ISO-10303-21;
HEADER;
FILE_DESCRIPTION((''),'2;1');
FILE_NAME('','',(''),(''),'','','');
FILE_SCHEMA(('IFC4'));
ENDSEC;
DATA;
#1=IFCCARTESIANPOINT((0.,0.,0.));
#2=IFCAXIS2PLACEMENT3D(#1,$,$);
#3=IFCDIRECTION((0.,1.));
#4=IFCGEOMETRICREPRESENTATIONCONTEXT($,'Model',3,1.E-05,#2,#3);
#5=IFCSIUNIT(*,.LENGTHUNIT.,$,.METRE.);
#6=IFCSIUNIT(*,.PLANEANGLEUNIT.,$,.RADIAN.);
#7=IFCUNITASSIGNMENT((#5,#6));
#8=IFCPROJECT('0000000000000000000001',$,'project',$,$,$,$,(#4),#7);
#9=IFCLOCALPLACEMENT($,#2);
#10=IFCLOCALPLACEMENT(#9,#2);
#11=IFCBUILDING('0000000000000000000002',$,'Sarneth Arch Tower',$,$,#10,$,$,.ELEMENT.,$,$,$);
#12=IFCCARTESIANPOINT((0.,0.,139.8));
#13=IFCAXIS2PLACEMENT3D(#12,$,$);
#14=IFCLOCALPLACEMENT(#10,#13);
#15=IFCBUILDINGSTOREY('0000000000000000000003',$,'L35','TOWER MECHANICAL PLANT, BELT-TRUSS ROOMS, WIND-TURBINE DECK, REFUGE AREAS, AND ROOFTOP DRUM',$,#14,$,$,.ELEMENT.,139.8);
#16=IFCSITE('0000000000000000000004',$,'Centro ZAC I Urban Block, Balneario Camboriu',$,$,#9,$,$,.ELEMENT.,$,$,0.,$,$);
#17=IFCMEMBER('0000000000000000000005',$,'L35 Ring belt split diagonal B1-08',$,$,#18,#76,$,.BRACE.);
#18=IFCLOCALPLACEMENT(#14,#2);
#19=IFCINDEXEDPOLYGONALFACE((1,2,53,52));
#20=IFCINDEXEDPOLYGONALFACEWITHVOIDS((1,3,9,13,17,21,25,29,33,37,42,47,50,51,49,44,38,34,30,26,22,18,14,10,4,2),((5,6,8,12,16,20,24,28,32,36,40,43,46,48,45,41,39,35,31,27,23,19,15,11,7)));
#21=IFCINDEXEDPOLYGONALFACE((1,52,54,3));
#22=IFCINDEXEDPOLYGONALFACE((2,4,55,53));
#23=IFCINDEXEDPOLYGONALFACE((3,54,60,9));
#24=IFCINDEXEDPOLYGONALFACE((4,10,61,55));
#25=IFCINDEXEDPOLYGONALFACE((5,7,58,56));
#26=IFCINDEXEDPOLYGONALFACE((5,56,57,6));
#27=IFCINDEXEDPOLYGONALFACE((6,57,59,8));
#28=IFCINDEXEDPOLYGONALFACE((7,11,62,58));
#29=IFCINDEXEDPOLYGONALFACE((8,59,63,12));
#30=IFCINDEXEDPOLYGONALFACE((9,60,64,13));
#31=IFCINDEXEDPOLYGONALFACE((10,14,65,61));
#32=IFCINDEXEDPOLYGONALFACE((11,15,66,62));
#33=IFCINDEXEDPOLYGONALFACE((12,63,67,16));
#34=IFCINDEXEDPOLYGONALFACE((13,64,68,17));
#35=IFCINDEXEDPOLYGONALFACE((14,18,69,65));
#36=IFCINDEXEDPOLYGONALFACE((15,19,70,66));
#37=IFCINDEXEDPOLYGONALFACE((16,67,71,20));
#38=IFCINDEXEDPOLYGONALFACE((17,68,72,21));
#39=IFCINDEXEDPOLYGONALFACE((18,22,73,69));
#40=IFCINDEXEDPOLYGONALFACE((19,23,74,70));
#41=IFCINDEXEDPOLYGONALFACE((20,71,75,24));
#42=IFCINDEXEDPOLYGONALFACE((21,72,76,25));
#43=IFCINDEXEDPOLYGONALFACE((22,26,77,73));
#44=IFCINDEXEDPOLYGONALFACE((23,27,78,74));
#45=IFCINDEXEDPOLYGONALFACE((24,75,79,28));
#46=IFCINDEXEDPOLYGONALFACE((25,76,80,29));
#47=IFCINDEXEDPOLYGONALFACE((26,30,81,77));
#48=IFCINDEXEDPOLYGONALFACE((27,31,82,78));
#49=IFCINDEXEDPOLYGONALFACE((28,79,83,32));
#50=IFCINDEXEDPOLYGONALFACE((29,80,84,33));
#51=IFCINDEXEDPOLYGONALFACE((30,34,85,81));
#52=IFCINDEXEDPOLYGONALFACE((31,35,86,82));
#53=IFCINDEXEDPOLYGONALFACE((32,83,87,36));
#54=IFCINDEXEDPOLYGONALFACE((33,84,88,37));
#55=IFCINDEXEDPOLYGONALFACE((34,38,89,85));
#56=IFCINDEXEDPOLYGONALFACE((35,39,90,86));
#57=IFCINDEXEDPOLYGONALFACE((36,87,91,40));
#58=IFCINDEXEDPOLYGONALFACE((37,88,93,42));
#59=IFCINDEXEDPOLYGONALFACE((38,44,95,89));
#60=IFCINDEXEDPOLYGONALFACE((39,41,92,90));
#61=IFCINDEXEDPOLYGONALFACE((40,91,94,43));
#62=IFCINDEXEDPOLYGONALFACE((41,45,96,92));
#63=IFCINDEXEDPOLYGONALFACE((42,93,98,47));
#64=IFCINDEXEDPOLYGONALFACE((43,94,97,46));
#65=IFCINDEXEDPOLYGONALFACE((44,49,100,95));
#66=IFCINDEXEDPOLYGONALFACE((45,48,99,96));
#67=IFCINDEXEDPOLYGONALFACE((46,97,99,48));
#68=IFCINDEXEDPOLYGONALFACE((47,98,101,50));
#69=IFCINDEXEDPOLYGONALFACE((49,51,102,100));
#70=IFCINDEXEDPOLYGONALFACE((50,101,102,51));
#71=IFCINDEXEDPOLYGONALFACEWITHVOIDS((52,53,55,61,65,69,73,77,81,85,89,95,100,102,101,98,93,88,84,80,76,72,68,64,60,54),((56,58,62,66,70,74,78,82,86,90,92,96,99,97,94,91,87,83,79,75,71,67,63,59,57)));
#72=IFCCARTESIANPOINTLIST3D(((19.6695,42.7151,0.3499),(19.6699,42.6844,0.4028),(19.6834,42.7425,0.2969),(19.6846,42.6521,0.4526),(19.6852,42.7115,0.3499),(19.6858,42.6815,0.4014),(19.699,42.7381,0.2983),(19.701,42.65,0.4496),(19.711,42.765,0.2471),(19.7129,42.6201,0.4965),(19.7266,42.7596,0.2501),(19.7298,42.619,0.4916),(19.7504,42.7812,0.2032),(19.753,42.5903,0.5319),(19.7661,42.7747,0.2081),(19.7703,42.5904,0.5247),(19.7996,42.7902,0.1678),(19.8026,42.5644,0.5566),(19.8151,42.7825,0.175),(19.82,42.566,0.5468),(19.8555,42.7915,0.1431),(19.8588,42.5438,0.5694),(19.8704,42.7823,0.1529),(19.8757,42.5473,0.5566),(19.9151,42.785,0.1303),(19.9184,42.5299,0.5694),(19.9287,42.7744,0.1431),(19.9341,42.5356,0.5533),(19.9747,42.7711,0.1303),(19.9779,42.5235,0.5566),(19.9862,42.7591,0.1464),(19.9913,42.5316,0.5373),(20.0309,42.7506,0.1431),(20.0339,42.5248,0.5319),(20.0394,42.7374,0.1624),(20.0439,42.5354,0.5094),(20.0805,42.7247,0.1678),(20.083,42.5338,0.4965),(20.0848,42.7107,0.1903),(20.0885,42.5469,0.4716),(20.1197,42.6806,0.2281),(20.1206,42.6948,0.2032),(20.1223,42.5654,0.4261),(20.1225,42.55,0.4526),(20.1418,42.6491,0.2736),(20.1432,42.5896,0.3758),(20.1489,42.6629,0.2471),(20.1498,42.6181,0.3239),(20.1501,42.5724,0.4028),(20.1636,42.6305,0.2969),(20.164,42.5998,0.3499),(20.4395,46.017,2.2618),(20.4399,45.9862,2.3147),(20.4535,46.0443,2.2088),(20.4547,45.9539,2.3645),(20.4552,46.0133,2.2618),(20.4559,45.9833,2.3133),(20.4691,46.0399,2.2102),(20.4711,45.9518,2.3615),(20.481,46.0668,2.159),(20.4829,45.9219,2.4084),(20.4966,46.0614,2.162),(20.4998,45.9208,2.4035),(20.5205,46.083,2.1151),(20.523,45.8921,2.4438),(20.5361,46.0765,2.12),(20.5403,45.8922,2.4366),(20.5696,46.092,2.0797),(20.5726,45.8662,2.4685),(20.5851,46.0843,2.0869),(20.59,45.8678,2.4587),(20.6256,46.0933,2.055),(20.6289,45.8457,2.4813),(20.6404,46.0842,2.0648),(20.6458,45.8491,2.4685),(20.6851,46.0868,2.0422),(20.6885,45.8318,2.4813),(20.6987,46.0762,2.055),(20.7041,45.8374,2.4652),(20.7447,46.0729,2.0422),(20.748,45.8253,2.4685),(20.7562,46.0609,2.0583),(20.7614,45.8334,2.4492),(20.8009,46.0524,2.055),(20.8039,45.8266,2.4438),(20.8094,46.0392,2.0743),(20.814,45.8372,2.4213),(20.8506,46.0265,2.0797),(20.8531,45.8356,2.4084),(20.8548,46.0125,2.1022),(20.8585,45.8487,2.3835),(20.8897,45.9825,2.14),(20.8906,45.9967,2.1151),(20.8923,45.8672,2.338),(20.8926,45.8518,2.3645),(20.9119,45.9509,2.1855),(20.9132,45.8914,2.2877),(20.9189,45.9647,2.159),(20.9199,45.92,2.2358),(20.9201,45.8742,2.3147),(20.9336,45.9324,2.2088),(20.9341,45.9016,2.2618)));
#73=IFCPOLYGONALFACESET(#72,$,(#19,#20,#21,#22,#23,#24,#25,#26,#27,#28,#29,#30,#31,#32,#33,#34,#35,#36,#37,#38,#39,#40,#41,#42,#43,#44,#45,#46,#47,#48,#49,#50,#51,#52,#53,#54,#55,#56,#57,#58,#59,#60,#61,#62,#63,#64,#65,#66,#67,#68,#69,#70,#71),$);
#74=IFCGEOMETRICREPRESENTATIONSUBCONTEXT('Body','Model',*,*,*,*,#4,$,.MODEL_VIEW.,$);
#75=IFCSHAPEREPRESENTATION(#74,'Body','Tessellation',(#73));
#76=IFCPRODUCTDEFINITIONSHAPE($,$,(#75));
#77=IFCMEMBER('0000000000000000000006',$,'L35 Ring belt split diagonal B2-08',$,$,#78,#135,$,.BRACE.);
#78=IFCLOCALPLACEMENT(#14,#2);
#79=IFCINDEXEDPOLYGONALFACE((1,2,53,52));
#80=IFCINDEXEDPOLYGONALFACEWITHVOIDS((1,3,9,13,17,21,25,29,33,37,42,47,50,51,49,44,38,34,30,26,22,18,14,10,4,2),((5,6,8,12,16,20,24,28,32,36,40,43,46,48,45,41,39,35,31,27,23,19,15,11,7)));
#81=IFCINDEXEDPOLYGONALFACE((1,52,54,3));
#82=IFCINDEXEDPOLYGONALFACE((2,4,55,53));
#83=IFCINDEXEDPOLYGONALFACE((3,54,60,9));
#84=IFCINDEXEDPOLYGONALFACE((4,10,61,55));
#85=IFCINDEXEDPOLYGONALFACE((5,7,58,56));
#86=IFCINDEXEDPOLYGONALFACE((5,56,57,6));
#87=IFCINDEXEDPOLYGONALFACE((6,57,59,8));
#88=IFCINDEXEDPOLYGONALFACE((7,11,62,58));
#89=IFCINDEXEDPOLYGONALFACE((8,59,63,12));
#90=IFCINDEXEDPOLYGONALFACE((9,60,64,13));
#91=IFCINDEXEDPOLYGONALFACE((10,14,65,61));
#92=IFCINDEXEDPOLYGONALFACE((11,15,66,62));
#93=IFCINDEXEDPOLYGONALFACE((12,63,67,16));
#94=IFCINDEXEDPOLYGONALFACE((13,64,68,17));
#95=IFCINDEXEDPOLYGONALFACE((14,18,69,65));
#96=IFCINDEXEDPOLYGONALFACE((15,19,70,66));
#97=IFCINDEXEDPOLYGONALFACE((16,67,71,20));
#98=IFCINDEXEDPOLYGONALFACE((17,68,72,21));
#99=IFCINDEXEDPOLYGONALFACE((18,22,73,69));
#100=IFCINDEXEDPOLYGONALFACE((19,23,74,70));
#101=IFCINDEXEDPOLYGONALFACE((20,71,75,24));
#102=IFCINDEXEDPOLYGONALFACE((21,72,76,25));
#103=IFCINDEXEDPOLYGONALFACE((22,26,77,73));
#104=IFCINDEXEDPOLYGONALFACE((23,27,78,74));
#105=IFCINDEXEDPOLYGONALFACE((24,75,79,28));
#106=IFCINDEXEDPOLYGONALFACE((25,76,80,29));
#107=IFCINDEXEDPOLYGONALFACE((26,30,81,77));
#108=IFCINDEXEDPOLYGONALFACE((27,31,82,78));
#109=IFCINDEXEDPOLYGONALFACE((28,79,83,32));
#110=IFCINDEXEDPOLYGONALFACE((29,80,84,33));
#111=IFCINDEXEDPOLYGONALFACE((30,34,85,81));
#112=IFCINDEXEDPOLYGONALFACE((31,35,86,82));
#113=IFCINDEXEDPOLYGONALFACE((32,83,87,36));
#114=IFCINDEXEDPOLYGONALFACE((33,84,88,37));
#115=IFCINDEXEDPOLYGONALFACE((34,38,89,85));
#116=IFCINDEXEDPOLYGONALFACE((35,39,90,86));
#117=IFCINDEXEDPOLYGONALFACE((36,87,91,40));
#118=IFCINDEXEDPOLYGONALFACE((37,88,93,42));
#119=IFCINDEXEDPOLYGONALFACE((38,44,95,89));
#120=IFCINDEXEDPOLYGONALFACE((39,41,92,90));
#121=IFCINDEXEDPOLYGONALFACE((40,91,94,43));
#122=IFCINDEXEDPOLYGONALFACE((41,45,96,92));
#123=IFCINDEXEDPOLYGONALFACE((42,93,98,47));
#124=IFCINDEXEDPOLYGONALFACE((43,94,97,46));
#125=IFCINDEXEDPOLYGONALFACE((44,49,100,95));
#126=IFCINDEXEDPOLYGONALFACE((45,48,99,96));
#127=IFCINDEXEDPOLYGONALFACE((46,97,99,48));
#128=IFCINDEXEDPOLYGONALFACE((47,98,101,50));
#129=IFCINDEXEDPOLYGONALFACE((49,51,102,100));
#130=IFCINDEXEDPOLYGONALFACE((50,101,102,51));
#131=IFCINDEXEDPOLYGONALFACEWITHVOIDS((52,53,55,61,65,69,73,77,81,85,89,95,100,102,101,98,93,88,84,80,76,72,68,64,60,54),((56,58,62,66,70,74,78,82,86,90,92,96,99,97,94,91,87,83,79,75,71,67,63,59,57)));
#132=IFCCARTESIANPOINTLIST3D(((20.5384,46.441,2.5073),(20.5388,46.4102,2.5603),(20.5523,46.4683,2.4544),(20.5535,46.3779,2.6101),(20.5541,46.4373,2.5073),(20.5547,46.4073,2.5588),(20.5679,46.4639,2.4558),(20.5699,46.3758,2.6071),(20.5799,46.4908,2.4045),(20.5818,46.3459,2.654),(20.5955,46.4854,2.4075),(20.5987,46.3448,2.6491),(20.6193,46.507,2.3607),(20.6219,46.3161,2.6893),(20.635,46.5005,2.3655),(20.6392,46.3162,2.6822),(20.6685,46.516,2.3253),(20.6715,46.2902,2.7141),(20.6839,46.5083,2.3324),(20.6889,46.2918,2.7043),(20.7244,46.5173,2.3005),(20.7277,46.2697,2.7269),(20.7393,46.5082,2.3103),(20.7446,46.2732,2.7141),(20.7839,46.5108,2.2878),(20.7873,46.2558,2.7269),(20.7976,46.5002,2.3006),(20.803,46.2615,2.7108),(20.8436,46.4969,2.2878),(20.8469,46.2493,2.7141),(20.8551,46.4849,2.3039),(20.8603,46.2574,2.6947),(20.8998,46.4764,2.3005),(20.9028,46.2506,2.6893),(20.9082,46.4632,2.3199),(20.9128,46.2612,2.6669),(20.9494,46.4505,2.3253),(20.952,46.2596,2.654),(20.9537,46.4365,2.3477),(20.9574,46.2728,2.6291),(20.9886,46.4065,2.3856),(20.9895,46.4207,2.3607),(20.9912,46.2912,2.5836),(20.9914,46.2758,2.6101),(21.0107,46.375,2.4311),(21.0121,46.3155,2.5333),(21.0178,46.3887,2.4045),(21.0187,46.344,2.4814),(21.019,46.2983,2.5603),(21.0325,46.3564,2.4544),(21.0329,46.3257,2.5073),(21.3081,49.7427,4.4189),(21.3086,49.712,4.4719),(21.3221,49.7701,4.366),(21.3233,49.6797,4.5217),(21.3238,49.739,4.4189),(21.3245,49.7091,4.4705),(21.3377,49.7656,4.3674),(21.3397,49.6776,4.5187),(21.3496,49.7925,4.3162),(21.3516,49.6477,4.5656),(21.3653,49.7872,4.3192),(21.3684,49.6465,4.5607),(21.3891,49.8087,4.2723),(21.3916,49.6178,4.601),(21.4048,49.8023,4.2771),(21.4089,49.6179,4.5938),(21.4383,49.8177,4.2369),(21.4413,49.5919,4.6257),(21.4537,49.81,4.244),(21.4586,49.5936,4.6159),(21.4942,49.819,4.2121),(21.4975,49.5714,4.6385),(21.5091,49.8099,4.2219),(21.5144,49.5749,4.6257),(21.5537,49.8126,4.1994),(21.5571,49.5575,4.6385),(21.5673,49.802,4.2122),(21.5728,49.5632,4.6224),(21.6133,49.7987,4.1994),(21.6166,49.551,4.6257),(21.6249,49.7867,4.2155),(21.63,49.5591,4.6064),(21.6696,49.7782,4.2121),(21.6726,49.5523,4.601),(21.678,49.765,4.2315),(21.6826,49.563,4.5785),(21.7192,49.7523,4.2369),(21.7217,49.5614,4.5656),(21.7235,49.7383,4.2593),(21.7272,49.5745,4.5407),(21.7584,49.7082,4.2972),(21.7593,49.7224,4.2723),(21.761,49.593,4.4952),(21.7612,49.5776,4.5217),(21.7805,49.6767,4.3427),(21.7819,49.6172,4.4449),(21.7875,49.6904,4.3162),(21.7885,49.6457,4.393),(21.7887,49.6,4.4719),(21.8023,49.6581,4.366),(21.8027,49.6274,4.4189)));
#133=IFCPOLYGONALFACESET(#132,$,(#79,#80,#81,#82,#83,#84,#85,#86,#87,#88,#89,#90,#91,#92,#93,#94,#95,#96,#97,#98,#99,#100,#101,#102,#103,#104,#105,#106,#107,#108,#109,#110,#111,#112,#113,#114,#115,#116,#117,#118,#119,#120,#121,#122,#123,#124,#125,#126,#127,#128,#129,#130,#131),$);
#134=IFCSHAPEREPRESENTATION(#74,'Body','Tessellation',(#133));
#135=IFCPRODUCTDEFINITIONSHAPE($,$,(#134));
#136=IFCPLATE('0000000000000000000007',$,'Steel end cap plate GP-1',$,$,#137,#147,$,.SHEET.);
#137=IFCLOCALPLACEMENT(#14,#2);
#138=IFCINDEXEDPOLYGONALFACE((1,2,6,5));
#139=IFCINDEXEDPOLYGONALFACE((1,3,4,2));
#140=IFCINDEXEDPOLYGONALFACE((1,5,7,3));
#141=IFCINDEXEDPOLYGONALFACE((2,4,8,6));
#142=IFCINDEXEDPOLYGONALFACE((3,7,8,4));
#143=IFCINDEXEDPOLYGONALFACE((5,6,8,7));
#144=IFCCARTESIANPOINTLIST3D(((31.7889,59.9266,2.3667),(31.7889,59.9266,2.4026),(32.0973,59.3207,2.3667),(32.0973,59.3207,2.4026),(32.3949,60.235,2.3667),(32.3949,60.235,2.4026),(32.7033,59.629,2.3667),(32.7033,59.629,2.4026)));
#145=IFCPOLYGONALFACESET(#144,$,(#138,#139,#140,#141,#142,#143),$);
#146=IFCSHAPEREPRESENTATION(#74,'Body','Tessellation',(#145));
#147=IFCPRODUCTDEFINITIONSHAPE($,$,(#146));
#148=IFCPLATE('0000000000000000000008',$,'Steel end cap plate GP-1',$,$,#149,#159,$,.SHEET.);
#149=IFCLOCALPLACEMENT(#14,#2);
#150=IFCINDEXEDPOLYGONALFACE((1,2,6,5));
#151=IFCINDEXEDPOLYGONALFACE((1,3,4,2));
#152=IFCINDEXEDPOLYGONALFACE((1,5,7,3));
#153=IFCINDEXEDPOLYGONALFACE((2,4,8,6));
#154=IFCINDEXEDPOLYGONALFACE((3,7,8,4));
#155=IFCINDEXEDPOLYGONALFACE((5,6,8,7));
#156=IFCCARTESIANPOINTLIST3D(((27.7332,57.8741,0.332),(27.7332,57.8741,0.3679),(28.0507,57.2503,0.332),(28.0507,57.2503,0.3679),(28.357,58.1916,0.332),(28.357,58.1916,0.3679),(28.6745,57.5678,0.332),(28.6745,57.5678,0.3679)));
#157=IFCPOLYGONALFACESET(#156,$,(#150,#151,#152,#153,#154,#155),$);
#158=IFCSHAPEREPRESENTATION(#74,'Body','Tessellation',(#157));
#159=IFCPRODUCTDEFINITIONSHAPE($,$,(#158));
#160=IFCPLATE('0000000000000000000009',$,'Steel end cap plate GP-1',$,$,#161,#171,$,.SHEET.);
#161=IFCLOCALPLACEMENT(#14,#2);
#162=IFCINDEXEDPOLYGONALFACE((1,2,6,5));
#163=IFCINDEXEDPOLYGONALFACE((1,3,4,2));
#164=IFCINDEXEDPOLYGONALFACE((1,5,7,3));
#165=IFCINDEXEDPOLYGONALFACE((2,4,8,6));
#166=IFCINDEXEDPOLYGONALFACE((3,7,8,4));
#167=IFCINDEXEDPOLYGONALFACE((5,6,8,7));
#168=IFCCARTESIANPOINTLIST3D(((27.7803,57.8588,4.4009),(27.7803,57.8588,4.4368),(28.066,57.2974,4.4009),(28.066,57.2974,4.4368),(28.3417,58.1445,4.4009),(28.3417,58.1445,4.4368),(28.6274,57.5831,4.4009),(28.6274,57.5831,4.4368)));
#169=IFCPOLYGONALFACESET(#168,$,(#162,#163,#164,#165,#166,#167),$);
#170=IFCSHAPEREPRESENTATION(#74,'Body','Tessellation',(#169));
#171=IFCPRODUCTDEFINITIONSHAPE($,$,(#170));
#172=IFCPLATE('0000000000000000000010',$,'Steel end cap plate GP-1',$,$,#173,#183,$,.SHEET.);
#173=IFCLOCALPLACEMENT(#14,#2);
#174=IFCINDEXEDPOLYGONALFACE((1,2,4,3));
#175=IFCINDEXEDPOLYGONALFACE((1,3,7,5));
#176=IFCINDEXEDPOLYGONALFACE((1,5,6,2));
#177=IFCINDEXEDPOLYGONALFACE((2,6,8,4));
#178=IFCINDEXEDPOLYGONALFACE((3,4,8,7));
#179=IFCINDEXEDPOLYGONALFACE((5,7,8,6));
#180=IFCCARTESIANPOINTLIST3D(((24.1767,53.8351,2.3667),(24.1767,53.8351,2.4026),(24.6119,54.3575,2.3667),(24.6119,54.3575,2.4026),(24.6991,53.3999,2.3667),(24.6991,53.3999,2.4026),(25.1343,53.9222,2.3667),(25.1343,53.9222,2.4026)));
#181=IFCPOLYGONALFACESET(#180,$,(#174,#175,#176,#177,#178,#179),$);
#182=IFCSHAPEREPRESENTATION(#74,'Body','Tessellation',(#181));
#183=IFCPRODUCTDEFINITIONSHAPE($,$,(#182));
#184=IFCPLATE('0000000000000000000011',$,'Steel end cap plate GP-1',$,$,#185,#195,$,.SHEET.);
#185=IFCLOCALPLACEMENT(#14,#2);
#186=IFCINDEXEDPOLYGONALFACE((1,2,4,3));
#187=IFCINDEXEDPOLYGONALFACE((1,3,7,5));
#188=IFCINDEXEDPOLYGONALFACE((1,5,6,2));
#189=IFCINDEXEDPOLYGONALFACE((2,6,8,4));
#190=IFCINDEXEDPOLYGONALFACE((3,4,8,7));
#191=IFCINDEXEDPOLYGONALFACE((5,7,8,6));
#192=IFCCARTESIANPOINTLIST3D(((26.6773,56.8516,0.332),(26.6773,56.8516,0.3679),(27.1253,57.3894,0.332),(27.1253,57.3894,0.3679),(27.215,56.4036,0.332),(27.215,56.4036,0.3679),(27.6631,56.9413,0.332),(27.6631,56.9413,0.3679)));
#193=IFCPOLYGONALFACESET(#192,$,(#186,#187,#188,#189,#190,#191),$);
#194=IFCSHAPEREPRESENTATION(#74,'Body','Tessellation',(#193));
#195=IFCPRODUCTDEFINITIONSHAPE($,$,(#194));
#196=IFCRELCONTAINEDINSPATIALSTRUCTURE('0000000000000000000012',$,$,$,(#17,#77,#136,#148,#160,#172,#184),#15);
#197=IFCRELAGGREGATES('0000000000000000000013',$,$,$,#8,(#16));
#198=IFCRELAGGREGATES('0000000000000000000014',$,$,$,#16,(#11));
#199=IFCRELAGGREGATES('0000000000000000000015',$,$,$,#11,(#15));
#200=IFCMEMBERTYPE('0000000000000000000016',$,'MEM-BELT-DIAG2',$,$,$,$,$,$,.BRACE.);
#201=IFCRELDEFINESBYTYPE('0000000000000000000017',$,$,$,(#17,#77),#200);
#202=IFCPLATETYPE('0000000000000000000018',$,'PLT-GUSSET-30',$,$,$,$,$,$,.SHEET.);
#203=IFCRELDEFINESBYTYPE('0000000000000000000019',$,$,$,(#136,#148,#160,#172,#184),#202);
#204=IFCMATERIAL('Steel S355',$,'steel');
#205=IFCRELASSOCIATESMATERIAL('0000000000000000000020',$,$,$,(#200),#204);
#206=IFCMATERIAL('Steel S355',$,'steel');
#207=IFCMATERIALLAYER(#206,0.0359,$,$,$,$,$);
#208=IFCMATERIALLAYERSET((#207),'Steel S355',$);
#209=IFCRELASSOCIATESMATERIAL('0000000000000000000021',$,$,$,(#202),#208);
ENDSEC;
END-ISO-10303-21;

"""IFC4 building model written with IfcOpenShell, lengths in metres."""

from ifc_helpers import new_model, si_unit, direction, frame, origin, origin_2d, place, context, subcontext, project, spatial, rectangle, hollow_circle, extrude, material, layer, layer_set, material_profile, profile_set, type_object, element, save


model = new_model("IFC4")

# Units and contexts
model_context = context("Model", 3, precision=1e-05, world=origin(), true_north=direction((0.0, 1.0)))
body_context = subcontext(model_context, "Body", "Model", "MODEL_VIEW")
ifc_project = project(units=[si_unit("LENGTHUNIT", "METRE"), si_unit("PLANEANGLEUNIT", "RADIAN")], contexts=[model_context])

# Site, building, storey
site_placement = place(None, origin())
site = spatial("IfcSite", under=ifc_project, at=site_placement, Name="Centro ZAC I Urban Block, Balneario Camboriu", CompositionType="ELEMENT", RefElevation=0.0)
building_placement = place(site_placement, origin())
building = spatial("IfcBuilding", under=site, at=building_placement, Name="Sarneth Arch Tower", CompositionType="ELEMENT")
storey_placement = place(building_placement, frame((0.0, 0.0, 139.8)))
storey = spatial("IfcBuildingStorey", under=building, at=storey_placement, Name="L35", Description="TOWER MECHANICAL PLANT, BELT-TRUSS ROOMS, WIND-TURBINE DECK, REFUGE AREAS, AND ROOFTOP DRUM", CompositionType="ELEMENT", Elevation=139.8)

# Members
ifc_material_1 = material(Name="Steel S355", Category="steel")
ifc_material_profile_1 = material_profile(ifc_material_1, hollow_circle(Radius=0.2539, WallThickness=0.0161, at=origin_2d()), Name="CHS508x16")
ifc_profile_set_1 = profile_set([ifc_material_profile_1], Name="Steel S355")
member_type_1 = type_object("IfcMemberType", Name="MEM-BELT-DIAG2", PredefinedType="BRACE", material=ifc_profile_set_1)
member_1_placement = place(storey_placement, frame((19.9167, 42.6575, 0.3499), z_axis=(0.197833, 0.848286, 0.491195), x_axis=(-0.973867, 0.22712, 0.0)))
element("IfcMember", 1, at=member_1_placement, inside=storey, type_object=member_type_1, Name="L35 Ring belt split diagonal B1-08", PredefinedType="BRACE", context=body_context, shape_type="SweptSolid", body=[
    extrude(hollow_circle(Radius=0.2539, WallThickness=0.0161, at=origin_2d()), origin(), (0.0, 0.0, 1.0), 3.8923),
])
member_2_placement = place(storey_placement, frame((20.7856, 46.3833, 2.5073), z_axis=(0.197779, 0.848323, 0.491154), x_axis=(-0.973883, 0.227052, 0.0)))
element("IfcMember", 2, at=member_2_placement, inside=storey, type_object=member_type_1, Name="L35 Ring belt split diagonal B2-08", PredefinedType="BRACE", context=body_context, shape_type="SweptSolid", body=[
    extrude(hollow_circle(Radius=0.2539, WallThickness=0.0161, at=origin_2d()), origin(), (0.0, 0.0, 1.0), 3.8921),
])

# Plates
ifc_material_2 = material(Name="Steel S355", Category="steel")
ifc_layer_1 = layer(ifc_material_2, 0.0359)
ifc_layer_set_1 = layer_set([ifc_layer_1], Name="Steel S355")
plate_type = type_object("IfcPlateType", Name="PLT-GUSSET-30", PredefinedType="SHEET", material=ifc_layer_set_1)
plate_1_placement = place(storey_placement, frame((32.2461, 59.7778, 2.3667), z_axis=(0.0, 0.0, 1.0), x_axis=(-0.891244, -0.453524, 0.0)))
element("IfcPlate", 3, at=plate_1_placement, inside=storey, type_object=plate_type, Name="Steel end cap plate GP-1", PredefinedType="SHEET", context=body_context, shape_type="SweptSolid", body=[
    extrude(rectangle(XDim=0.6799, YDim=0.6799, at=origin_2d()), origin(), (0.0, 0.0, 1.0), 0.0359),
])
plate_2_placement = place(storey_placement, frame((28.2039, 57.7209, 0.332), z_axis=(0.0, 0.0, 1.0), x_axis=(-0.891244, -0.453524, 0.0)))
element("IfcPlate", 4, at=plate_2_placement, inside=storey, type_object=plate_type, Name="Steel end cap plate GP-1", PredefinedType="SHEET", context=body_context, shape_type="SweptSolid", body=[
    extrude(rectangle(XDim=0.7, YDim=0.7, at=origin_2d()), origin(), (0.0, 0.0, 1.0), 0.0359),
])
plate_3_placement = place(storey_placement, frame((28.2039, 57.7209, 4.4009), z_axis=(0.0, 0.0, 1.0), x_axis=(-0.891244, -0.453524, 0.0)))
element("IfcPlate", 5, at=plate_3_placement, inside=storey, type_object=plate_type, Name="Steel end cap plate GP-1", PredefinedType="SHEET", context=body_context, shape_type="SweptSolid", body=[
    extrude(rectangle(XDim=0.6299, YDim=0.6299, at=origin_2d()), origin(), (0.0, 0.0, 1.0), 0.0359),
])
plate_4_placement = place(storey_placement, frame((24.6555, 53.8787, 2.3667), z_axis=(0.0, 0.0, 1.0), x_axis=(-0.64011, -0.768284, 0.0)))
element("IfcPlate", 6, at=plate_4_placement, inside=storey, type_object=plate_type, Name="Steel end cap plate GP-1", PredefinedType="SHEET", context=body_context, shape_type="SweptSolid", body=[
    extrude(rectangle(XDim=0.6799, YDim=0.6799, at=origin_2d()), origin(), (0.0, 0.0, 1.0), 0.0359),
])
for number, where, z_axis, x_axis, name in (
    (7, (27.1702, 56.8965, 0.332), (0.0, 0.0, 1.0), (0.64011, 0.768284, 0.0), "Steel end cap plate GP-1"),
):
    element("IfcPlate", number, at=place(storey_placement, frame(where, z_axis=z_axis, x_axis=x_axis)), inside=storey, type_object=plate_type, Name=name, PredefinedType="SHEET", context=body_context, shape_type="SweptSolid", body=[
        extrude(rectangle(XDim=0.7, YDim=0.7, at=origin_2d()), origin(), (0.0, 0.0, 1.0), 0.0359),
    ])

save(model, "model.ifc")
